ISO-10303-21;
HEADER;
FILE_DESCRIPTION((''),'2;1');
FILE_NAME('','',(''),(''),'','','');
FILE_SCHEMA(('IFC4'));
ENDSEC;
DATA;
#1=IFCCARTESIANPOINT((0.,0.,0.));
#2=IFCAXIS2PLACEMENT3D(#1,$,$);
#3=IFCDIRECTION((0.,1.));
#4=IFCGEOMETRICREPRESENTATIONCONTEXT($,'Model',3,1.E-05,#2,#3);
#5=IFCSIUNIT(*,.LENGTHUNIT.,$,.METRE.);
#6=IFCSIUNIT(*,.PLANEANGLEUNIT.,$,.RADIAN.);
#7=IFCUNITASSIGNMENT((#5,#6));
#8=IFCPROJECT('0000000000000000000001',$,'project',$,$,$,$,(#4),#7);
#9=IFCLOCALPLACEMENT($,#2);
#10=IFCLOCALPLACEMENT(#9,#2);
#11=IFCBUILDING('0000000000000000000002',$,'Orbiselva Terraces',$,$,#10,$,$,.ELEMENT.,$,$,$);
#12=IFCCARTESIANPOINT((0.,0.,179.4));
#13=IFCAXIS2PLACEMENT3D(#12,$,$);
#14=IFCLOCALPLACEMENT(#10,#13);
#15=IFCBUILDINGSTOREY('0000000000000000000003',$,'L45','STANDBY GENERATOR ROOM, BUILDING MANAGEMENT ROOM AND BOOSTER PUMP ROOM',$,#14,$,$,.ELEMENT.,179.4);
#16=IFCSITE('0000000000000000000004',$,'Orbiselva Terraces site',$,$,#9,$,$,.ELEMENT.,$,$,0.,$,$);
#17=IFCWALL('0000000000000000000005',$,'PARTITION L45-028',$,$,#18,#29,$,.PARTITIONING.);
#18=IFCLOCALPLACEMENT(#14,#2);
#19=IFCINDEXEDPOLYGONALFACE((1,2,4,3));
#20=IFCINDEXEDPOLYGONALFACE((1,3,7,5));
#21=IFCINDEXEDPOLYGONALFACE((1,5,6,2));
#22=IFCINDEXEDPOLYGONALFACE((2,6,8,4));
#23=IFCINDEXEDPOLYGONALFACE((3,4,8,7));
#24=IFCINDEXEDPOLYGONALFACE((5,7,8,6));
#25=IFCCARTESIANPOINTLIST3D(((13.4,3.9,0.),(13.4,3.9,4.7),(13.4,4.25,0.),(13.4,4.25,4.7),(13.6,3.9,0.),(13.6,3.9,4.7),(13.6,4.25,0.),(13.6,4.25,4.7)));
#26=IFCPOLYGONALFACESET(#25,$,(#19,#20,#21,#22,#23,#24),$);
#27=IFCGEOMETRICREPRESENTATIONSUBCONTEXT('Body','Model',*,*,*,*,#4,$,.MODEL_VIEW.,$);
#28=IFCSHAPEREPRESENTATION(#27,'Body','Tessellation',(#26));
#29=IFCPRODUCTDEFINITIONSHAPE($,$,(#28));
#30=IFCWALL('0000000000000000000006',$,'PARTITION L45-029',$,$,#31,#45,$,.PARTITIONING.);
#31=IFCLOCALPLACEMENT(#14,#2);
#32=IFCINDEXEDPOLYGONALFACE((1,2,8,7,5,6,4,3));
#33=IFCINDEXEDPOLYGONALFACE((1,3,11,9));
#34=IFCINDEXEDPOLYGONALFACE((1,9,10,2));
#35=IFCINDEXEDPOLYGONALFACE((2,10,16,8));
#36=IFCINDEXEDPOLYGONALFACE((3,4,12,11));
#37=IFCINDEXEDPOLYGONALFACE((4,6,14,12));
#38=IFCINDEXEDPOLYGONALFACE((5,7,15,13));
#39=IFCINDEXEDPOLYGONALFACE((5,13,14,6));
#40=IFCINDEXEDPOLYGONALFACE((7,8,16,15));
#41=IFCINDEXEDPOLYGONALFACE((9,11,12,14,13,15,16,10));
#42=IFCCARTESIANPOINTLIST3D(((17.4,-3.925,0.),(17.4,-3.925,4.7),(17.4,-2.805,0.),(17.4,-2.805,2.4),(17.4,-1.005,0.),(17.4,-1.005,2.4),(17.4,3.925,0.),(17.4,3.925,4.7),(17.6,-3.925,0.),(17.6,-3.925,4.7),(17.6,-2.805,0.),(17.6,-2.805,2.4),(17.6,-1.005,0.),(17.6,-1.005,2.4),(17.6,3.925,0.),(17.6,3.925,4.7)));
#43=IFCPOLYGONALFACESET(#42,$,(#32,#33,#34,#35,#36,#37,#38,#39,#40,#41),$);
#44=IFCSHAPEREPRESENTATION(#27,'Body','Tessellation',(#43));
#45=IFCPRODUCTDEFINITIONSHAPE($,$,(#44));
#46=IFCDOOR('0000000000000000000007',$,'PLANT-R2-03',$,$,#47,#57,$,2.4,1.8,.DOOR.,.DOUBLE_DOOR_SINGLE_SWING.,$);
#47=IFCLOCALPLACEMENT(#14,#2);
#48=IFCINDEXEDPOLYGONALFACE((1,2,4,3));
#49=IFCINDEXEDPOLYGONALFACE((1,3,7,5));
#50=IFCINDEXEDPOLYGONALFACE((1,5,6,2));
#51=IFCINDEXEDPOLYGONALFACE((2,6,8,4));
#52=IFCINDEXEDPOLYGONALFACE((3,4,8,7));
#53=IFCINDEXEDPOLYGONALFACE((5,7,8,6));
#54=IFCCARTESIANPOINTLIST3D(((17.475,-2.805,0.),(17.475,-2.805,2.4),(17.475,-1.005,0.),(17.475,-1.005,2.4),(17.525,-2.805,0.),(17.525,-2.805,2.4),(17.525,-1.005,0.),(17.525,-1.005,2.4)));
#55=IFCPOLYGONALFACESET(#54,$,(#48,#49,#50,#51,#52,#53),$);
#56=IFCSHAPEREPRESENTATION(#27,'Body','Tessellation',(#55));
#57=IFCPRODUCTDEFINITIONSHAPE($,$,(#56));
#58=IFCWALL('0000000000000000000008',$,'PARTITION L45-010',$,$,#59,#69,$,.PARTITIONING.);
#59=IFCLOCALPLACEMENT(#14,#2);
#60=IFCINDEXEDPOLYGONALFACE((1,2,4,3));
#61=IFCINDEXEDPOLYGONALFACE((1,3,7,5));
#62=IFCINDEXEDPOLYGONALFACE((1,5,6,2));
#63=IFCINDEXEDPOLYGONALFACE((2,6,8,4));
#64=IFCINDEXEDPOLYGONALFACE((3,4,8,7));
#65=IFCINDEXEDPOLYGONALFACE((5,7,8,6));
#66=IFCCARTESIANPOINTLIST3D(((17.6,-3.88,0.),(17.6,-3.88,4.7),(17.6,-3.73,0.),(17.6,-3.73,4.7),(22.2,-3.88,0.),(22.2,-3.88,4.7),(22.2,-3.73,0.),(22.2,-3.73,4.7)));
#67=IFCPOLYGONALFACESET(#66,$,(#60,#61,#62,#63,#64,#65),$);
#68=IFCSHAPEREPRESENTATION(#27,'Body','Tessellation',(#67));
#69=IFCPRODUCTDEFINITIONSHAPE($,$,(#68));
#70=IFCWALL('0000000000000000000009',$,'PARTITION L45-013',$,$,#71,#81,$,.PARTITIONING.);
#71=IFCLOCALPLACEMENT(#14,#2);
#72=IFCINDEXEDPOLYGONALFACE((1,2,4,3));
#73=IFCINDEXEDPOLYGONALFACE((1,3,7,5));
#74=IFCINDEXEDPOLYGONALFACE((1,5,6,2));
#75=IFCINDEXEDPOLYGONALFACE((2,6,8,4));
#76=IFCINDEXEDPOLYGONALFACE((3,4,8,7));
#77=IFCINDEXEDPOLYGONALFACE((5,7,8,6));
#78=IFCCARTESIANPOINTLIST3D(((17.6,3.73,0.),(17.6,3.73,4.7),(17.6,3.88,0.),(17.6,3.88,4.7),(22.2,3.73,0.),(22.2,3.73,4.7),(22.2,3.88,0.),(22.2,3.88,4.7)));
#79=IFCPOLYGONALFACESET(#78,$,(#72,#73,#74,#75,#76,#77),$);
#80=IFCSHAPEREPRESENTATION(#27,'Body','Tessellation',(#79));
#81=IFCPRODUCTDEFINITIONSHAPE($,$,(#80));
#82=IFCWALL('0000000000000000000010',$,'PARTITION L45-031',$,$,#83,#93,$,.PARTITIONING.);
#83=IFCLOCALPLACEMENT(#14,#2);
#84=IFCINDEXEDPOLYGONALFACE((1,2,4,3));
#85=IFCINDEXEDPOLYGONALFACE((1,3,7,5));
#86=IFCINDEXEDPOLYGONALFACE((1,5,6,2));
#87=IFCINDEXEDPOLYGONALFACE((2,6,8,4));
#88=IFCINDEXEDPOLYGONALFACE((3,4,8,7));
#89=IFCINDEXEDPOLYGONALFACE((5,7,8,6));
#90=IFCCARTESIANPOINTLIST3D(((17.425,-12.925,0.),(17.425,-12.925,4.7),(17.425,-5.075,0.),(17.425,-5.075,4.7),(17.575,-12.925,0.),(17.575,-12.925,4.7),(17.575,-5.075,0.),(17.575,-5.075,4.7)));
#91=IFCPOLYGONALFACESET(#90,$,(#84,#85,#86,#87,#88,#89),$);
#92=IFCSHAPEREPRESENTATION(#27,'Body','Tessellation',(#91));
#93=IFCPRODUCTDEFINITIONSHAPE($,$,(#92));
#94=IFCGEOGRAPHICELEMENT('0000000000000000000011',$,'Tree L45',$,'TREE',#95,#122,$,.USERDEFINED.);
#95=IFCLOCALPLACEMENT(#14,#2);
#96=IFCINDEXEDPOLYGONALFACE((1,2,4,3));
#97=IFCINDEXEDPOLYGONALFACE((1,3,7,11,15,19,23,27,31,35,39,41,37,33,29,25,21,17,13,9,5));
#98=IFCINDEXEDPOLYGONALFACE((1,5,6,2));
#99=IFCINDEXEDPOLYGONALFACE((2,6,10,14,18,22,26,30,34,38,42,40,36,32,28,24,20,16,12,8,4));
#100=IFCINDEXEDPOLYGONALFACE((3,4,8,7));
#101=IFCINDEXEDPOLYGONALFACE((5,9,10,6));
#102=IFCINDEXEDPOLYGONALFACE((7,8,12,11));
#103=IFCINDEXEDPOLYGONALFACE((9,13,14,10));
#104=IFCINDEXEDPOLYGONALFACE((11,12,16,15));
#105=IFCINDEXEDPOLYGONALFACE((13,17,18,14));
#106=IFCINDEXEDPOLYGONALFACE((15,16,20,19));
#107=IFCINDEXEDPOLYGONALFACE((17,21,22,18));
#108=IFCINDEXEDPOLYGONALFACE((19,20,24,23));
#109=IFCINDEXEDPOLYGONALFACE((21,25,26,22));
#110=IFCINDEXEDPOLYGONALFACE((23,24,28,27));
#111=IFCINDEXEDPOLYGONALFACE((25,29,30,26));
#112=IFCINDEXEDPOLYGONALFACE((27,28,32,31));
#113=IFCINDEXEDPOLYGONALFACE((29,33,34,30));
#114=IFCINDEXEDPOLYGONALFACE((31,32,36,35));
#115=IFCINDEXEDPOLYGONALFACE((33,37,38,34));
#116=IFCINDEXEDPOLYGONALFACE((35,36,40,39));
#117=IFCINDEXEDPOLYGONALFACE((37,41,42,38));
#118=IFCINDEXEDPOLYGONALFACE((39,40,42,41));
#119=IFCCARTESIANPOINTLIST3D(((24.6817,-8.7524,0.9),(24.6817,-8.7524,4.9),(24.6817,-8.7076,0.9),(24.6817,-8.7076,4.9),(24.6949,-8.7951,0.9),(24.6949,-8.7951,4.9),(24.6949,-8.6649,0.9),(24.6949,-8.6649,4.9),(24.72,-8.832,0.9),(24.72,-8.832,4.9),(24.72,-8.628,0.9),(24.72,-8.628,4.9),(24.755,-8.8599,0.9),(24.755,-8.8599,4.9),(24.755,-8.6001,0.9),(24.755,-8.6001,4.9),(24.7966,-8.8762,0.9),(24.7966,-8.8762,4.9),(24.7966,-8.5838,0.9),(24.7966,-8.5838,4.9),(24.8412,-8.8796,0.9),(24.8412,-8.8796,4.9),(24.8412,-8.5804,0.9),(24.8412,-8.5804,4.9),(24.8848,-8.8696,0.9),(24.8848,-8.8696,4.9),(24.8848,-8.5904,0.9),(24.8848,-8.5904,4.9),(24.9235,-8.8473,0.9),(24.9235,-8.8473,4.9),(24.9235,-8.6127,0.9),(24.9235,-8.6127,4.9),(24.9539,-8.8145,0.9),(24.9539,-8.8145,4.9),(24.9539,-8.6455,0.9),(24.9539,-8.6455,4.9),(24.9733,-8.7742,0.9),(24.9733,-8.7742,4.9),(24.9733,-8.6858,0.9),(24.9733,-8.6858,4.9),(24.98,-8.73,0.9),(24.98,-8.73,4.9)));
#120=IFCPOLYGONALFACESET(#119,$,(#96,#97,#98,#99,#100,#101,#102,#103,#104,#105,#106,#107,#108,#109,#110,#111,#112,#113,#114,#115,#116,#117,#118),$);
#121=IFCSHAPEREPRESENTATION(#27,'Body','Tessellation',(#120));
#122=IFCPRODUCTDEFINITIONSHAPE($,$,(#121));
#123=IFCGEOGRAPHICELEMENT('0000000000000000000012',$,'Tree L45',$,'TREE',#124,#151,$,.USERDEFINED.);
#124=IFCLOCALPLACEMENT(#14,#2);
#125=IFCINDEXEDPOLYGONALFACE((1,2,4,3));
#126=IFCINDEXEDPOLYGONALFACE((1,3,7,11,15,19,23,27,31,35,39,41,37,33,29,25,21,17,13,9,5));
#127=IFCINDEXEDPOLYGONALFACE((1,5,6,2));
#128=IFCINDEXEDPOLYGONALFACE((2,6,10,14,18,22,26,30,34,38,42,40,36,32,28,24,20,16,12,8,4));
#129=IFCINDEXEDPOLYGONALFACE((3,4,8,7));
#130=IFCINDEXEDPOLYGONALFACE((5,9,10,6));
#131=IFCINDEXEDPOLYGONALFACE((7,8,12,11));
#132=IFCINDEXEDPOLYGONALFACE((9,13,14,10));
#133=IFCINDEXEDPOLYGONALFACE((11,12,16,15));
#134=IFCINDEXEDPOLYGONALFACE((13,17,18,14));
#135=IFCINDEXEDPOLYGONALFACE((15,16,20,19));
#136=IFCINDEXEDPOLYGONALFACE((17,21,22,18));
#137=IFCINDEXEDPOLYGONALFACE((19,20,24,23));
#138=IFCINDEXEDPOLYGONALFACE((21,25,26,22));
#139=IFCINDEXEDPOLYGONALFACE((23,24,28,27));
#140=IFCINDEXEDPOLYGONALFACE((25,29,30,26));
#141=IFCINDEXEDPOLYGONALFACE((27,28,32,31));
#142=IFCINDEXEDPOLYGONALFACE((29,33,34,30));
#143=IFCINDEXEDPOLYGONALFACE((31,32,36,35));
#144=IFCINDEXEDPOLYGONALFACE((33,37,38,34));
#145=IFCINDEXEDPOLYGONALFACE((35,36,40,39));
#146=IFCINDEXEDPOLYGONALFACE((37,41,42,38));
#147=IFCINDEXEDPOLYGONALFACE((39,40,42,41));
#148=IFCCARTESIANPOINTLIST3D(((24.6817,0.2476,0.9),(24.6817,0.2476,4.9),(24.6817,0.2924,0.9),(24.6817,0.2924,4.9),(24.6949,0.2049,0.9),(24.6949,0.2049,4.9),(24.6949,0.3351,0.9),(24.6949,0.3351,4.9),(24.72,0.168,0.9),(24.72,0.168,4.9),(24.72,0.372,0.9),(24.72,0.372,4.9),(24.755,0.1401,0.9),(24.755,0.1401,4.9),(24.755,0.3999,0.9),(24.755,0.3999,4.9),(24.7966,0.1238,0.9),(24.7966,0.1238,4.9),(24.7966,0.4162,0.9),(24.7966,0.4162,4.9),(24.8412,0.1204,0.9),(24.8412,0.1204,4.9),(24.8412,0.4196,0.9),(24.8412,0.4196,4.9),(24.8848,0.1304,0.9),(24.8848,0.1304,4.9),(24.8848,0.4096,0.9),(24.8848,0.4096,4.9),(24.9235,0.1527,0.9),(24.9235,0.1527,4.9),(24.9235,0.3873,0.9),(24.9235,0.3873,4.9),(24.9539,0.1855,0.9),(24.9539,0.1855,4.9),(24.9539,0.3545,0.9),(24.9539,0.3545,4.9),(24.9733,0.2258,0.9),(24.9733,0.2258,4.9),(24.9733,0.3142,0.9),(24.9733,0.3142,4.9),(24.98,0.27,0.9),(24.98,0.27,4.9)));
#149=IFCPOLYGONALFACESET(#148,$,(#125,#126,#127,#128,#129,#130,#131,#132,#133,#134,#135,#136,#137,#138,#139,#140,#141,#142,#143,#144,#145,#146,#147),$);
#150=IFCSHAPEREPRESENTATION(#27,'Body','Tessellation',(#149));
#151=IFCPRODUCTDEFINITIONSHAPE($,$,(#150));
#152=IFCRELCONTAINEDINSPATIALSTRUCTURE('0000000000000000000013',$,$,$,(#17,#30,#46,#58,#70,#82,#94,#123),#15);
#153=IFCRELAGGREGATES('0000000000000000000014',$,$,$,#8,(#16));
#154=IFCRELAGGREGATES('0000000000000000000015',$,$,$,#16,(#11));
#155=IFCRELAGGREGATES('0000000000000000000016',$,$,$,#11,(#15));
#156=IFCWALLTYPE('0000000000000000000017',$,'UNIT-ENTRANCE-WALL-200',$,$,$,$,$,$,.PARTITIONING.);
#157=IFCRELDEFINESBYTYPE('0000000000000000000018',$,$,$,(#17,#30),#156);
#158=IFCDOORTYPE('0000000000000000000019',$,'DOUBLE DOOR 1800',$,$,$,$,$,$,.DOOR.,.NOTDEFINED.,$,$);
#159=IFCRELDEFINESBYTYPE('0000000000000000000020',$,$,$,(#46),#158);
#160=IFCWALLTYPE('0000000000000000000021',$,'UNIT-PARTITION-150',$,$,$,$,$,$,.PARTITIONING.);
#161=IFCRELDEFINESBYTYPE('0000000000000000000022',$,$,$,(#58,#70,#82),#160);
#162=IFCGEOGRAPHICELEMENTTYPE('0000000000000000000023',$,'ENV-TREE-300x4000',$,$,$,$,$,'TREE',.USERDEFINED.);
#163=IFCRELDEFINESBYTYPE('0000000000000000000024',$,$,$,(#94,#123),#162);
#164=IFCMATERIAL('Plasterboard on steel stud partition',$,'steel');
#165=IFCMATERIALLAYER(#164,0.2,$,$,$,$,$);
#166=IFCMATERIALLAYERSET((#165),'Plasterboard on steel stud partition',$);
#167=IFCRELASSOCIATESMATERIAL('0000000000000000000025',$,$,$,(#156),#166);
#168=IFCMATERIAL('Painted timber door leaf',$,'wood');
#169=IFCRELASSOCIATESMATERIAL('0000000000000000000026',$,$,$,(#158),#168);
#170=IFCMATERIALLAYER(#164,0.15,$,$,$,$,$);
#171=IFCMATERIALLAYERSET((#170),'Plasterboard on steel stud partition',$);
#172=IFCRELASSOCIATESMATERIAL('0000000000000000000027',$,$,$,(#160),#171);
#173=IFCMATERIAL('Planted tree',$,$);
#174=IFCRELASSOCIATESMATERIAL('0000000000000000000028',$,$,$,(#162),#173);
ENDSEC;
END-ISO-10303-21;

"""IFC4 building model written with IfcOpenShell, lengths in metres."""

from ifc_helpers import new_model, si_unit, direction, frame, frame_2d, origin, origin_2d, place, context, subcontext, project, spatial, rectangle, circle, extrude, material, layer, layer_set, type_object, element, fill, save


model = new_model("IFC4")

# Units and contexts
model_context = context("Model", 3, precision=1e-05, world=origin(), true_north=direction((0.0, 1.0)))
body_context = subcontext(model_context, "Body", "Model", "MODEL_VIEW")
ifc_project = project(units=[si_unit("LENGTHUNIT", "METRE"), si_unit("PLANEANGLEUNIT", "RADIAN")], contexts=[model_context])

# Site, building, storey
site_placement = place(None, origin())
site = spatial("IfcSite", under=ifc_project, at=site_placement, Name="Orbiselva Terraces site", CompositionType="ELEMENT", RefElevation=0.0)
building_placement = place(site_placement, origin())
building = spatial("IfcBuilding", under=site, at=building_placement, Name="Orbiselva Terraces", CompositionType="ELEMENT")
storey_placement = place(building_placement, frame((0.0, 0.0, 179.4)))
storey = spatial("IfcBuildingStorey", under=building, at=storey_placement, Name="L45", Description="STANDBY GENERATOR ROOM, BUILDING MANAGEMENT ROOM AND BOOSTER PUMP ROOM", CompositionType="ELEMENT", Elevation=179.4)

# Shared definitions
ifc_material_1 = material(Name="Plasterboard on steel stud partition", Category="steel")
ifc_layer_1 = layer(ifc_material_1, 0.2)
ifc_layer_set_1 = layer_set([ifc_layer_1], Name="Plasterboard on steel stud partition")
wall_type_1 = type_object("IfcWallType", Name="UNIT-ENTRANCE-WALL-200", PredefinedType="PARTITIONING", material=ifc_layer_set_1)
ifc_material_2 = material(Name="Painted timber door leaf", Category="wood")

# Wall
wall_1_placement = place(storey_placement, frame((13.5, 3.9, 0.0), z_axis=(0.0, 0.0, 1.0), x_axis=(0.0, 1.0, 0.0)))
element("IfcWall", 1, at=wall_1_placement, inside=storey, type_object=wall_type_1, Name="PARTITION L45-028", PredefinedType="PARTITIONING", context=body_context, shape_type="SweptSolid", body=[
    extrude(rectangle(XDim=0.35, YDim=0.2, at=frame_2d((0.175, 0.0))), origin(), (0.0, 0.0, 1.0), 4.7),
])

# Wall, opening, door
wall_2_placement = place(storey_placement, frame((17.5, -3.925, 0.0), z_axis=(0.0, 0.0, 1.0), x_axis=(0.0, 1.0, 0.0)))
wall_2 = element("IfcWall", 2, at=wall_2_placement, inside=storey, type_object=wall_type_1, Name="PARTITION L45-029", PredefinedType="PARTITIONING", context=body_context, shape_type="SweptSolid", body=[
    extrude(rectangle(XDim=7.85, YDim=0.2, at=frame_2d((3.925, 0.0))), origin(), (0.0, 0.0, 1.0), 4.7),
])
opening_1_placement = place(wall_2_placement, frame((1.12, 0.0, 0.0)))
opening_1 = element("IfcOpeningElement", 3, at=opening_1_placement, cuts=wall_2, PredefinedType="OPENING", context=body_context, shape_type="SweptSolid", body=[
    extrude(rectangle(XDim=1.8, YDim=2.4, at=frame_2d((0.9, 1.2))), frame((0.0, 0.11, 0.0), z_axis=(0.0, -1.0, 0.0), x_axis=(1.0, 0.0, 0.0)), (0.0, 0.0, 1.0), 0.22),
])
door_type_1 = type_object("IfcDoorType", Name="DOUBLE DOOR 1800", OperationType="NOTDEFINED", PredefinedType="DOOR", material=ifc_material_2)
door_1_placement = place(opening_1_placement, origin())
door_1 = element("IfcDoor", 4, at=door_1_placement, inside=storey, type_object=door_type_1, Name="PLANT-R2-03", OperationType="DOUBLE_DOOR_SINGLE_SWING", OverallHeight=2.4, OverallWidth=1.8, PredefinedType="DOOR", context=body_context, shape_type="SweptSolid", body=[
    extrude(rectangle(XDim=1.8, YDim=2.4, at=frame_2d((0.9, 1.2))), frame((0.0, 0.025, 0.0), z_axis=(0.0, -1.0, 0.0), x_axis=(1.0, 0.0, 0.0)), (0.0, 0.0, 1.0), 0.05),
])
fill(opening_1, door_1)

# Walls
ifc_layer_2 = layer(ifc_material_1, 0.15)
ifc_layer_set_2 = layer_set([ifc_layer_2], Name="Plasterboard on steel stud partition")
wall_type_2 = type_object("IfcWallType", Name="UNIT-PARTITION-150", PredefinedType="PARTITIONING", material=ifc_layer_set_2)
for number, where, z_axis, x_axis, name in (
    (5, (17.6, -3.805, 0.0), (0.0, 0.0, 1.0), (1.0, 0.0, 0.0), "PARTITION L45-010"),
    (6, (17.6, 3.805, 0.0), (0.0, 0.0, 1.0), (1.0, 0.0, 0.0), "PARTITION L45-013"),
):
    element("IfcWall", number, at=place(storey_placement, frame(where, z_axis=z_axis, x_axis=x_axis)), inside=storey, type_object=wall_type_2, Name=name, PredefinedType="PARTITIONING", context=body_context, shape_type="SweptSolid", body=[
        extrude(rectangle(XDim=4.6, YDim=0.15, at=frame_2d((2.3, 0.0))), origin(), (0.0, 0.0, 1.0), 4.7),
    ])
wall_3_placement = place(storey_placement, frame((17.5, -12.925, 0.0), z_axis=(0.0, 0.0, 1.0), x_axis=(0.0, 1.0, 0.0)))
element("IfcWall", 7, at=wall_3_placement, inside=storey, type_object=wall_type_2, Name="PARTITION L45-031", PredefinedType="PARTITIONING", context=body_context, shape_type="SweptSolid", body=[
    extrude(rectangle(XDim=7.85, YDim=0.15, at=frame_2d((3.925, 0.0))), origin(), (0.0, 0.0, 1.0), 4.7),
])

# Geographic elements
ifc_material_3 = material(Name="Planted tree")
geographic_element_type = type_object("IfcGeographicElementType", Name="ENV-TREE-300x4000", ElementType="TREE", PredefinedType="USERDEFINED", material=ifc_material_3)
for number, where, z_axis, x_axis, name in (
    (8, (24.83, -8.73, 4.9), (0.0, 0.0, -1.0), (1.0, 0.0, 0.0), "Tree L45"),
    (9, (24.83, 0.27, 4.9), (0.0, 0.0, -1.0), (1.0, 0.0, 0.0), "Tree L45"),
):
    element("IfcGeographicElement", number, at=place(storey_placement, frame(where, z_axis=z_axis, x_axis=x_axis)), inside=storey, type_object=geographic_element_type, Name=name, ObjectType="TREE", PredefinedType="USERDEFINED", context=body_context, shape_type="SweptSolid", body=[
        extrude(circle(Radius=0.15, at=origin_2d()), origin(), (0.0, 0.0, 1.0), 4.0),
    ])

save(model, "model.ifc")
